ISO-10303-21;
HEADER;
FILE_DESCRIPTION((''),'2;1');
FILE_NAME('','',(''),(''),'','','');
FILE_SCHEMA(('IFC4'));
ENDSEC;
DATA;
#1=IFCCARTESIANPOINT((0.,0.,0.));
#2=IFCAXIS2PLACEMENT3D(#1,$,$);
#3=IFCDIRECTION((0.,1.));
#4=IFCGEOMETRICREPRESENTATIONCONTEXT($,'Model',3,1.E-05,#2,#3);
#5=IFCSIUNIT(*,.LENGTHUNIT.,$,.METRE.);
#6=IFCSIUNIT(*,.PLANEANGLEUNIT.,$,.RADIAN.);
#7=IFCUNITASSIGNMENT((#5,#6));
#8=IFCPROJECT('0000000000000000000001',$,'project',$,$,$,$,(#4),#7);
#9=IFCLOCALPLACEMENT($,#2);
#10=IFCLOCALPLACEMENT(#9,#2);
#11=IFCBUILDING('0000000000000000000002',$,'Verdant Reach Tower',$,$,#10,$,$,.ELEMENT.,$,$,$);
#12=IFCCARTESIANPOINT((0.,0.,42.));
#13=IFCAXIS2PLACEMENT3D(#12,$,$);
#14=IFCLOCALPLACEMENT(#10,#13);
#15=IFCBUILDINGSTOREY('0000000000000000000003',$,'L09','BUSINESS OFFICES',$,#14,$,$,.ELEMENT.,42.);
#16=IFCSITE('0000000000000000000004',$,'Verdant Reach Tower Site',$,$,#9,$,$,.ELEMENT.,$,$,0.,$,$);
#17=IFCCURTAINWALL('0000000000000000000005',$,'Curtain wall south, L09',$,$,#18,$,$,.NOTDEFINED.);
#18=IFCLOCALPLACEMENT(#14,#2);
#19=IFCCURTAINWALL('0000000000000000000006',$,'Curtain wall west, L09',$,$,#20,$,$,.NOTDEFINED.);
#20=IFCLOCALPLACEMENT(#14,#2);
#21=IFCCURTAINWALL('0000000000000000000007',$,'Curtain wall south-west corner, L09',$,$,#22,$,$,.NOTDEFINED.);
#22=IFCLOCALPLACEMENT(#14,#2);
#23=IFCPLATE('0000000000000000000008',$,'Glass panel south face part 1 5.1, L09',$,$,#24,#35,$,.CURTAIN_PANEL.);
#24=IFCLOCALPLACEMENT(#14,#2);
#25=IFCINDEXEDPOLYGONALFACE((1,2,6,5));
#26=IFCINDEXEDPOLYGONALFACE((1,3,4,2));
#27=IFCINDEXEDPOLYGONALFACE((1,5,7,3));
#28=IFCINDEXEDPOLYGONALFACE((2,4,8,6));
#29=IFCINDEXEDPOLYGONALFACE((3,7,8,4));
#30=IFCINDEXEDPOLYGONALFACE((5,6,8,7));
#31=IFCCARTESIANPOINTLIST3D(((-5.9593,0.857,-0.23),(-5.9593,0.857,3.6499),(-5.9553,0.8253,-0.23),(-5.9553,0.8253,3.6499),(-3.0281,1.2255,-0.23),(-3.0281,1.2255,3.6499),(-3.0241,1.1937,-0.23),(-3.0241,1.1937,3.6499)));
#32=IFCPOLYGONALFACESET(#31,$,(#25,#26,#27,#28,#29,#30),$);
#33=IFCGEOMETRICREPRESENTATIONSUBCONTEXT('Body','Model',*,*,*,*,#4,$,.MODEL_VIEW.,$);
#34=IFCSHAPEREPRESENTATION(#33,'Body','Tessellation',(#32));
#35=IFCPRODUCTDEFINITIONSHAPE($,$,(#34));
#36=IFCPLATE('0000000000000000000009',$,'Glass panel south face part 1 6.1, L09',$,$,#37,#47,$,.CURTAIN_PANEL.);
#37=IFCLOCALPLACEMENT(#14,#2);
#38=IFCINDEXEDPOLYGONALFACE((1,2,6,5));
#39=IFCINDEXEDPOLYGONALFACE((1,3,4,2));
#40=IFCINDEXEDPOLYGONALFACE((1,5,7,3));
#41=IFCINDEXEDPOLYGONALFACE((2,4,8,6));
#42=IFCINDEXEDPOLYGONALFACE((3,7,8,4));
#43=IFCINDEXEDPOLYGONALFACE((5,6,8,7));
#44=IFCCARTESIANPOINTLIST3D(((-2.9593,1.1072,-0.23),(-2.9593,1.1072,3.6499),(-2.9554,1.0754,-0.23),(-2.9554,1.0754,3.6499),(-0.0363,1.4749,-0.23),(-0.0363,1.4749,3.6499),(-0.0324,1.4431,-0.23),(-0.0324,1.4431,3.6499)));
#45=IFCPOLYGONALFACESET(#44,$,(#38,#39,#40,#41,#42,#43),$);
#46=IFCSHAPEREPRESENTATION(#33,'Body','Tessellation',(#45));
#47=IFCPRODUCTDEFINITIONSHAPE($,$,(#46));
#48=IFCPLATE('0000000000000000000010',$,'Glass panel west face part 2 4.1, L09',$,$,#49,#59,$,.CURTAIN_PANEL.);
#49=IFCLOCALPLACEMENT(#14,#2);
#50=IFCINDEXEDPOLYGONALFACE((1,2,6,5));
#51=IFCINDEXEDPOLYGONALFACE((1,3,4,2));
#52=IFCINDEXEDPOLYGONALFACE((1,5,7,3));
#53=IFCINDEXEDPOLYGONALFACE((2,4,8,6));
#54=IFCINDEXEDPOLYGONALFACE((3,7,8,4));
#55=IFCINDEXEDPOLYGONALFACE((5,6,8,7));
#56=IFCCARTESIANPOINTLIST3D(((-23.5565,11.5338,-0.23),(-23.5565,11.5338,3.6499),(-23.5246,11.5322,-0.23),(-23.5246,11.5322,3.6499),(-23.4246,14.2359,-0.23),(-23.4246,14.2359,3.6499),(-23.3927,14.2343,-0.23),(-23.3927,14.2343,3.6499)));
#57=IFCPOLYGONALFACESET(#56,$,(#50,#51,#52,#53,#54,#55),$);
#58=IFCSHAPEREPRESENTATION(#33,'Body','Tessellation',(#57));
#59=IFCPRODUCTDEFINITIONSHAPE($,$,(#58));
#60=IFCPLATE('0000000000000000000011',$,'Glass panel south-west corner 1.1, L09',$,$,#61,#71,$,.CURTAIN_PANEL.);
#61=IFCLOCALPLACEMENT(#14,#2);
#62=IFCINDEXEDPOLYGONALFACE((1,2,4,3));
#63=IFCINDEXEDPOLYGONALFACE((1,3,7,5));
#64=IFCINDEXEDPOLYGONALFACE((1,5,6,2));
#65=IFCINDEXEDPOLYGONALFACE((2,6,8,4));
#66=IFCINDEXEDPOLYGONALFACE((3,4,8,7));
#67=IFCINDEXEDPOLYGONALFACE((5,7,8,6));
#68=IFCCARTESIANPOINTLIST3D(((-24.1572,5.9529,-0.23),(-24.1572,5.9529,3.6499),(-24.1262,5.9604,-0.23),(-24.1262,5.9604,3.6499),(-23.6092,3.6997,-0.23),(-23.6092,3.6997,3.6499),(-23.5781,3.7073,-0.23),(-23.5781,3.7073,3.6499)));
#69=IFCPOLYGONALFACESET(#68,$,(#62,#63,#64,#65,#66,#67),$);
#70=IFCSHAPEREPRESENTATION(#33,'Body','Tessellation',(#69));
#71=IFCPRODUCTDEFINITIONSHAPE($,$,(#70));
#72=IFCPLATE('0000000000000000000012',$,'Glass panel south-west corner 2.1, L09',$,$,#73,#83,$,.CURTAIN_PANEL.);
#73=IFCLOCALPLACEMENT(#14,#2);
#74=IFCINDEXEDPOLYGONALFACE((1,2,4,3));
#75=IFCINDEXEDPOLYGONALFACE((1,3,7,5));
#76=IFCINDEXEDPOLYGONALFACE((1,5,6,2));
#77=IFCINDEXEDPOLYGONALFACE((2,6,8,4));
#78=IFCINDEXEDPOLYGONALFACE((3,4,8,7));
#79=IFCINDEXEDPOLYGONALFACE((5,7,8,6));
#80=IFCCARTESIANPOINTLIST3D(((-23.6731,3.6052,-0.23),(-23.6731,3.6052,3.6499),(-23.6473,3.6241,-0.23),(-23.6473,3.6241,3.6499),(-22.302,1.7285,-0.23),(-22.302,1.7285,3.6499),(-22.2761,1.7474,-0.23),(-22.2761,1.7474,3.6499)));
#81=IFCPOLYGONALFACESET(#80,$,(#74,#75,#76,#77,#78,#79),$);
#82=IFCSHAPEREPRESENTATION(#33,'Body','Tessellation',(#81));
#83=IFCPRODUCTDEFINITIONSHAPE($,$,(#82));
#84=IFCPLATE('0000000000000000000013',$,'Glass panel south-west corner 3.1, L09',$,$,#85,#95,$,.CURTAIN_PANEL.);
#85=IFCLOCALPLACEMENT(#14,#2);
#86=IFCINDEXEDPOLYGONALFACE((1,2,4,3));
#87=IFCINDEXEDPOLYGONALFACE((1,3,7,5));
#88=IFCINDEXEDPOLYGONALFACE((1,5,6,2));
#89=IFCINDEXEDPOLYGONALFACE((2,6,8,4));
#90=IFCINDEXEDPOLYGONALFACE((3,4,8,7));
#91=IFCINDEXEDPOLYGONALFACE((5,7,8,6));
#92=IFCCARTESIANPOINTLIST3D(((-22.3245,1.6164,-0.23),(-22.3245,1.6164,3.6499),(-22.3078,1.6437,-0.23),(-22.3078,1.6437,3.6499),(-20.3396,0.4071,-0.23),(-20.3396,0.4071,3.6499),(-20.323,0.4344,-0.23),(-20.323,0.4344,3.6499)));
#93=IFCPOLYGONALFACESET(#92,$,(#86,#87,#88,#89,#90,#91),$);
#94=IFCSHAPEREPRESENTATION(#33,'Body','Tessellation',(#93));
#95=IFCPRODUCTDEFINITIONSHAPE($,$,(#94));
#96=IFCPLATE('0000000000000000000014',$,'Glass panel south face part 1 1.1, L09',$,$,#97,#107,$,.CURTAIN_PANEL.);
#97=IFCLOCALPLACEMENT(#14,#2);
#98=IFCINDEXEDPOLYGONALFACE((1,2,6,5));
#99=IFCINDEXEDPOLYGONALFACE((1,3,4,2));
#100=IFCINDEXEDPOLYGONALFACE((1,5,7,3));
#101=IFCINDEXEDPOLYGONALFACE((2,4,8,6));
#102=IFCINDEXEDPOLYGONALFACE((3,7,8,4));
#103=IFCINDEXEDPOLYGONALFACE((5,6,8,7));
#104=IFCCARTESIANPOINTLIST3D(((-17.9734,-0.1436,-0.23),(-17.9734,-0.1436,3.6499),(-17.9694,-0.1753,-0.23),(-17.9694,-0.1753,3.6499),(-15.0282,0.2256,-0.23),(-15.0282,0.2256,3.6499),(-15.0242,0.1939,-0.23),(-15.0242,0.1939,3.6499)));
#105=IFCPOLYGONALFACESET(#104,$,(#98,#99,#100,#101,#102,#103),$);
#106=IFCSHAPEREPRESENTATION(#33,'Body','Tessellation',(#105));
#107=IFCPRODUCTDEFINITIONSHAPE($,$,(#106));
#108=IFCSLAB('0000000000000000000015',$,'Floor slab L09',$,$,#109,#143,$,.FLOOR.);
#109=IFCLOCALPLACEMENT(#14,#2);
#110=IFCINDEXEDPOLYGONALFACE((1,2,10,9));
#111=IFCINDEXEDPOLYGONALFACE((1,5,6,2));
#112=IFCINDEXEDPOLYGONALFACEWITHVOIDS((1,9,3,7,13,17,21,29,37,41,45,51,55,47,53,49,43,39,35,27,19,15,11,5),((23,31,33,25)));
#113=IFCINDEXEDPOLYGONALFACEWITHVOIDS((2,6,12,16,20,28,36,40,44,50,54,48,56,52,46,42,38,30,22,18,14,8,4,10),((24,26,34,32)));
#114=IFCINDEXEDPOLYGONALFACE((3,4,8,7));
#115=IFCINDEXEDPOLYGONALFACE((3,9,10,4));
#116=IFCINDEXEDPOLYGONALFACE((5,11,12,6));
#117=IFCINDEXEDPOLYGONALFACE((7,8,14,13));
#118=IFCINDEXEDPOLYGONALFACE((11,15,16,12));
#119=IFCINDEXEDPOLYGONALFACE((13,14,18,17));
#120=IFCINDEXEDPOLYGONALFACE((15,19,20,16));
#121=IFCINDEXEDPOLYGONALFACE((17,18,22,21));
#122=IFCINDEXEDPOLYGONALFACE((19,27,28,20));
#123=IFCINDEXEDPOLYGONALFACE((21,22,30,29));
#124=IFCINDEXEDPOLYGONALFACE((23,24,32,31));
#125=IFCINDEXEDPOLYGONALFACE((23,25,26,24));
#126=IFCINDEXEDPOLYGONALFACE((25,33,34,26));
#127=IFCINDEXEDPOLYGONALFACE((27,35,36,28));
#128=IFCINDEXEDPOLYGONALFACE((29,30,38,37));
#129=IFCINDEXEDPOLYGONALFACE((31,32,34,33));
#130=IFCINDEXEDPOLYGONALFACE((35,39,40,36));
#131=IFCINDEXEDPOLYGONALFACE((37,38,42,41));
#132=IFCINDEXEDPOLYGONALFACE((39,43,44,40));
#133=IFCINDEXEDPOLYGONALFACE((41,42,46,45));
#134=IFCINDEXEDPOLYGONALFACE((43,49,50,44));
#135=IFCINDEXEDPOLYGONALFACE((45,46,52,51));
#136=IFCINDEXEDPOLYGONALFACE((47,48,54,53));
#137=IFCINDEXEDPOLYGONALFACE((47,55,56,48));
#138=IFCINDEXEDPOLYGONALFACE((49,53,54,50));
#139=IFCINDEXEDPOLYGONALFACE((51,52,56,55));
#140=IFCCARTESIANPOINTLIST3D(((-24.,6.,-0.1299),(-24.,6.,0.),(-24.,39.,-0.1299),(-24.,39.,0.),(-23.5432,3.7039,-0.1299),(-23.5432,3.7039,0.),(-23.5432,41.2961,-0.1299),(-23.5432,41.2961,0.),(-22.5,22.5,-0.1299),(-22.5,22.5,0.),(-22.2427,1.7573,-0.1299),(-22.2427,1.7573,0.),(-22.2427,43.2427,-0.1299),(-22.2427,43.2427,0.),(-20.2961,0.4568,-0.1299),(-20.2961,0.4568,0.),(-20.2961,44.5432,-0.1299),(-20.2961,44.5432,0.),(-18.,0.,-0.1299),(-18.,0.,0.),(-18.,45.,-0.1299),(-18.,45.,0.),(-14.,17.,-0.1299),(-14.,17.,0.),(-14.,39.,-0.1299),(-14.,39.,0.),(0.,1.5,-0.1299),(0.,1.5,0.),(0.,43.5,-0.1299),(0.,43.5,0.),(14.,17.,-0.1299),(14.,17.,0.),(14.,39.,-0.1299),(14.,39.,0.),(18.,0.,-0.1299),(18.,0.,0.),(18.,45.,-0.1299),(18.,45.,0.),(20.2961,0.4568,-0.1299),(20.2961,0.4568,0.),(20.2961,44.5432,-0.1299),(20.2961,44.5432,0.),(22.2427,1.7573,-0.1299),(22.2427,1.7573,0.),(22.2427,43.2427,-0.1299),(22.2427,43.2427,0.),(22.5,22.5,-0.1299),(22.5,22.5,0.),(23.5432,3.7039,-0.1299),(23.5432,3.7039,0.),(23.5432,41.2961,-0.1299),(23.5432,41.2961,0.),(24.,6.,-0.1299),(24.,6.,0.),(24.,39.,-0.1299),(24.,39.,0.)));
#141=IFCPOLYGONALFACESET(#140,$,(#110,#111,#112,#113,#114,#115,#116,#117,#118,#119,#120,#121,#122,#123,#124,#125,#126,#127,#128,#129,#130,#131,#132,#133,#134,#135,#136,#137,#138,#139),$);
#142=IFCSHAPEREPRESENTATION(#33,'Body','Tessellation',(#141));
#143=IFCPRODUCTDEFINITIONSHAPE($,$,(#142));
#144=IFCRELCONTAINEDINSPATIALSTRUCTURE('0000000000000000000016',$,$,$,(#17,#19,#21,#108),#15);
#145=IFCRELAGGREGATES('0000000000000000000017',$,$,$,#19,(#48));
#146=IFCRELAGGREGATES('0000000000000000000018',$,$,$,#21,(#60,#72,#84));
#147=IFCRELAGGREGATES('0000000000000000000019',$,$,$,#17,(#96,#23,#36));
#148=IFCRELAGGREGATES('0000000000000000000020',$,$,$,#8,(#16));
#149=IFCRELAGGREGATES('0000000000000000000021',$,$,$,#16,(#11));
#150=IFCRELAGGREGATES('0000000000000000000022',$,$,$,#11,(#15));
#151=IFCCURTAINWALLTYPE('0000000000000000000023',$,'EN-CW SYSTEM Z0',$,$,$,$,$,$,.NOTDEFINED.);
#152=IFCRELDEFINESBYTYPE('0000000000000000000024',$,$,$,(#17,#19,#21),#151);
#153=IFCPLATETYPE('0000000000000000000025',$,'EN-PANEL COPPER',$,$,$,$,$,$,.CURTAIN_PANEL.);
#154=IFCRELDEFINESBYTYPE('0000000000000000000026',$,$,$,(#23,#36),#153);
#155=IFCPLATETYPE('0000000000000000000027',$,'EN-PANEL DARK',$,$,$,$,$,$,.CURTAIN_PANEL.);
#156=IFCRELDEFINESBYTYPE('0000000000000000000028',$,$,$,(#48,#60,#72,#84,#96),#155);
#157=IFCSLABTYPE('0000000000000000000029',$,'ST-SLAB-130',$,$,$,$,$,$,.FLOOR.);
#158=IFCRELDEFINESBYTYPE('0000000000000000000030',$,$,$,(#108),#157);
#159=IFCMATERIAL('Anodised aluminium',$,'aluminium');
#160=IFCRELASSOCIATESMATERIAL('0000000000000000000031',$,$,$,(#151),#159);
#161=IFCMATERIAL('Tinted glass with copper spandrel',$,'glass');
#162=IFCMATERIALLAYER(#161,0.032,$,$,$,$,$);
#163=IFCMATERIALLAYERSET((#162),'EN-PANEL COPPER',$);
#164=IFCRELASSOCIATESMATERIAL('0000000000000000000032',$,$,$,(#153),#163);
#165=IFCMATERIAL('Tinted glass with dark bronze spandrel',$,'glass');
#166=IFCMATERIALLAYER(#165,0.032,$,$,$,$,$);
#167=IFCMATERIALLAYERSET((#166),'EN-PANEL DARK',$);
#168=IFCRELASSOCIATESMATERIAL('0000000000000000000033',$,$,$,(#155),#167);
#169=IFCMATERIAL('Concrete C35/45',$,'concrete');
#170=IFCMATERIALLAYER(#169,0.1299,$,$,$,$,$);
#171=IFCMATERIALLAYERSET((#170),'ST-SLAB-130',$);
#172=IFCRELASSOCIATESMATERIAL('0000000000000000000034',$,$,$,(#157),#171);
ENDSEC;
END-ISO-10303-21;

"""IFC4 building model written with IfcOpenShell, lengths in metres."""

from ifc_helpers import new_model, si_unit, direction, frame, origin, origin_2d, place, context, subcontext, project, spatial, polyline, rectangle, outline, extrude, material, layer, layer_set, type_object, element, aggregate, save


model = new_model("IFC4")

# Units and contexts
model_context = context("Model", 3, precision=1e-05, world=origin(), true_north=direction((0.0, 1.0)))
body_context = subcontext(model_context, "Body", "Model", "MODEL_VIEW")
ifc_project = project(units=[si_unit("LENGTHUNIT", "METRE"), si_unit("PLANEANGLEUNIT", "RADIAN")], contexts=[model_context])

# Site, building, storey
site_placement = place(None, origin())
site = spatial("IfcSite", under=ifc_project, at=site_placement, Name="Verdant Reach Tower Site", CompositionType="ELEMENT", RefElevation=0.0)
building_placement = place(site_placement, origin())
building = spatial("IfcBuilding", under=site, at=building_placement, Name="Verdant Reach Tower", CompositionType="ELEMENT")
storey_placement = place(building_placement, frame((0.0, 0.0, 42.0)))
storey = spatial("IfcBuildingStorey", under=building, at=storey_placement, Name="L09", Description="BUSINESS OFFICES", CompositionType="ELEMENT", Elevation=42.0)

# Curtain wall
ifc_material_1 = material(Name="Anodised aluminium", Category="aluminium")
curtain_wall_type = type_object("IfcCurtainWallType", Name="EN-CW SYSTEM Z0", PredefinedType="NOTDEFINED", material=ifc_material_1)
curtain_wall_1_placement = place(storey_placement, origin())
curtain_wall_1 = element("IfcCurtainWall", 1, at=curtain_wall_1_placement, inside=storey, type_object=curtain_wall_type, Name="Curtain wall south, L09", PredefinedType="NOTDEFINED")

# Curtain wall
curtain_wall_2_placement = place(storey_placement, origin())
curtain_wall_2 = element("IfcCurtainWall", 2, at=curtain_wall_2_placement, inside=storey, type_object=curtain_wall_type, Name="Curtain wall west, L09", PredefinedType="NOTDEFINED")

# Curtain wall
curtain_wall_3_placement = place(storey_placement, origin())
curtain_wall_3 = element("IfcCurtainWall", 3, at=curtain_wall_3_placement, inside=storey, type_object=curtain_wall_type, Name="Curtain wall south-west corner, L09", PredefinedType="NOTDEFINED")

# Plates
ifc_material_2 = material(Name="Tinted glass with copper spandrel", Category="glass")
ifc_layer_1 = layer(ifc_material_2, 0.032)
ifc_layer_set_1 = layer_set([ifc_layer_1], Name="EN-PANEL COPPER")
plate_type_1 = type_object("IfcPlateType", Name="EN-PANEL COPPER", PredefinedType="CURTAIN_PANEL", material=ifc_layer_set_1)
plate_1_placement = place(storey_placement, frame((-4.4917, 1.0254, -0.23), z_axis=(0.0, 0.0, 1.0), x_axis=(0.992194, 0.124704, 0.0)))
plate_1 = element("IfcPlate", 4, at=plate_1_placement, type_object=plate_type_1, Name="Glass panel south face part 1 5.1, L09", PredefinedType="CURTAIN_PANEL", context=body_context, shape_type="SweptSolid", body=[
    extrude(rectangle(XDim=2.9543, YDim=0.032, at=origin_2d()), origin(), (0.0, 0.0, 1.0), 3.8799),
])
plate_2_placement = place(storey_placement, frame((-1.4958, 1.2751, -0.23), z_axis=(0.0, 0.0, 1.0), x_axis=(0.99218, 0.124818, 0.0)))
plate_2 = element("IfcPlate", 5, at=plate_2_placement, type_object=plate_type_1, Name="Glass panel south face part 1 6.1, L09", PredefinedType="CURTAIN_PANEL", context=body_context, shape_type="SweptSolid", body=[
    extrude(rectangle(XDim=2.946, YDim=0.032, at=origin_2d()), origin(), (0.0, 0.0, 1.0), 3.8799),
])
ifc_material_3 = material(Name="Tinted glass with dark bronze spandrel", Category="glass")
ifc_layer_2 = layer(ifc_material_3, 0.032)
ifc_layer_set_2 = layer_set([ifc_layer_2], Name="EN-PANEL DARK")
plate_type_2 = type_object("IfcPlateType", Name="EN-PANEL DARK", PredefinedType="CURTAIN_PANEL", material=ifc_layer_set_2)
plate_3_placement = place(storey_placement, frame((-23.4746, 12.884, -0.23), z_axis=(0.0, 0.0, 1.0), x_axis=(-0.048753, -0.998811, 0.0)))
plate_3 = element("IfcPlate", 6, at=plate_3_placement, type_object=plate_type_2, Name="Glass panel west face part 2 4.1, L09", PredefinedType="CURTAIN_PANEL", context=body_context, shape_type="SweptSolid", body=[
    extrude(rectangle(XDim=2.7053, YDim=0.032, at=origin_2d()), origin(), (0.0, 0.0, 1.0), 3.8799),
])
aggregate(curtain_wall_2, [plate_3])
plate_4_placement = place(storey_placement, frame((-23.8677, 4.8301, -0.23), z_axis=(0.0, 0.0, 1.0), x_axis=(0.236347, -0.971669, 0.0)))
plate_4 = element("IfcPlate", 7, at=plate_4_placement, type_object=plate_type_2, Name="Glass panel south-west corner 1.1, L09", PredefinedType="CURTAIN_PANEL", context=body_context, shape_type="SweptSolid", body=[
    extrude(rectangle(XDim=2.3188, YDim=0.032, at=origin_2d()), origin(), (0.0, 0.0, 1.0), 3.8799),
])
plate_5_placement = place(storey_placement, frame((-22.9746, 2.6763, -0.23), z_axis=(0.0, 0.0, 1.0), x_axis=(0.589927, -0.807457, 0.0)))
plate_5 = element("IfcPlate", 8, at=plate_5_placement, type_object=plate_type_2, Name="Glass panel south-west corner 2.1, L09", PredefinedType="CURTAIN_PANEL", context=body_context, shape_type="SweptSolid", body=[
    extrude(rectangle(XDim=2.3242, YDim=0.032, at=origin_2d()), origin(), (0.0, 0.0, 1.0), 3.8799),
])
plate_6_placement = place(storey_placement, frame((-21.3237, 1.0254, -0.23), z_axis=(0.0, 0.0, 1.0), x_axis=(0.853989, -0.520292, 0.0)))
plate_6 = element("IfcPlate", 9, at=plate_6_placement, type_object=plate_type_2, Name="Glass panel south-west corner 3.1, L09", PredefinedType="CURTAIN_PANEL", context=body_context, shape_type="SweptSolid", body=[
    extrude(rectangle(XDim=2.3242, YDim=0.032, at=origin_2d()), origin(), (0.0, 0.0, 1.0), 3.8799),
])
aggregate(curtain_wall_3, [plate_4, plate_5, plate_6])
plate_7_placement = place(storey_placement, frame((-16.4988, 0.0251, -0.23), z_axis=(0.0, 0.0, 1.0), x_axis=(0.992234, 0.124384, 0.0)))
plate_7 = element("IfcPlate", 10, at=plate_7_placement, type_object=plate_type_2, Name="Glass panel south face part 1 1.1, L09", PredefinedType="CURTAIN_PANEL", context=body_context, shape_type="SweptSolid", body=[
    extrude(rectangle(XDim=2.9683, YDim=0.032, at=origin_2d()), origin(), (0.0, 0.0, 1.0), 3.8799),
])
aggregate(curtain_wall_1, [plate_7, plate_1, plate_2])

# Slab
ifc_material_4 = material(Name="Concrete C35/45", Category="concrete")
ifc_layer_3 = layer(ifc_material_4, 0.1299)
ifc_layer_set_3 = layer_set([ifc_layer_3], Name="ST-SLAB-130")
slab_type_1 = type_object("IfcSlabType", Name="ST-SLAB-130", PredefinedType="FLOOR", material=ifc_layer_set_3)
slab_1_placement = place(storey_placement, frame((0.0, 0.0, -0.1299)))
element("IfcSlab", 11, at=slab_1_placement, inside=storey, type_object=slab_type_1, Name="Floor slab L09", PredefinedType="FLOOR", context=body_context, shape_type="SweptSolid", body=[
    extrude(outline(polyline([(0.0, 1.5), (-18.0, 0.0), (-20.2961, 0.4568), (-22.2427, 1.7573), (-23.5432, 3.7039), (-24.0, 6.0), (-22.5, 22.5), (-24.0, 39.0), (-23.5432, 41.2961), (-22.2427, 43.2427), (-20.2961, 44.5432), (-18.0, 45.0), (0.0, 43.5), (18.0, 45.0), (20.2961, 44.5432), (22.2427, 43.2427), (23.5432, 41.2961), (24.0, 39.0), (22.5, 22.5), (24.0, 6.0), (23.5432, 3.7039), (22.2427, 1.7573), (20.2961, 0.4568), (18.0, 0.0), (0.0, 1.5)]), holes=[polyline([(14.0, 39.0), (-14.0, 39.0), (-14.0, 17.0), (14.0, 17.0), (14.0, 39.0)])]), origin(), (0.0, 0.0, 1.0), 0.1299),
])

save(model, "model.ifc")
